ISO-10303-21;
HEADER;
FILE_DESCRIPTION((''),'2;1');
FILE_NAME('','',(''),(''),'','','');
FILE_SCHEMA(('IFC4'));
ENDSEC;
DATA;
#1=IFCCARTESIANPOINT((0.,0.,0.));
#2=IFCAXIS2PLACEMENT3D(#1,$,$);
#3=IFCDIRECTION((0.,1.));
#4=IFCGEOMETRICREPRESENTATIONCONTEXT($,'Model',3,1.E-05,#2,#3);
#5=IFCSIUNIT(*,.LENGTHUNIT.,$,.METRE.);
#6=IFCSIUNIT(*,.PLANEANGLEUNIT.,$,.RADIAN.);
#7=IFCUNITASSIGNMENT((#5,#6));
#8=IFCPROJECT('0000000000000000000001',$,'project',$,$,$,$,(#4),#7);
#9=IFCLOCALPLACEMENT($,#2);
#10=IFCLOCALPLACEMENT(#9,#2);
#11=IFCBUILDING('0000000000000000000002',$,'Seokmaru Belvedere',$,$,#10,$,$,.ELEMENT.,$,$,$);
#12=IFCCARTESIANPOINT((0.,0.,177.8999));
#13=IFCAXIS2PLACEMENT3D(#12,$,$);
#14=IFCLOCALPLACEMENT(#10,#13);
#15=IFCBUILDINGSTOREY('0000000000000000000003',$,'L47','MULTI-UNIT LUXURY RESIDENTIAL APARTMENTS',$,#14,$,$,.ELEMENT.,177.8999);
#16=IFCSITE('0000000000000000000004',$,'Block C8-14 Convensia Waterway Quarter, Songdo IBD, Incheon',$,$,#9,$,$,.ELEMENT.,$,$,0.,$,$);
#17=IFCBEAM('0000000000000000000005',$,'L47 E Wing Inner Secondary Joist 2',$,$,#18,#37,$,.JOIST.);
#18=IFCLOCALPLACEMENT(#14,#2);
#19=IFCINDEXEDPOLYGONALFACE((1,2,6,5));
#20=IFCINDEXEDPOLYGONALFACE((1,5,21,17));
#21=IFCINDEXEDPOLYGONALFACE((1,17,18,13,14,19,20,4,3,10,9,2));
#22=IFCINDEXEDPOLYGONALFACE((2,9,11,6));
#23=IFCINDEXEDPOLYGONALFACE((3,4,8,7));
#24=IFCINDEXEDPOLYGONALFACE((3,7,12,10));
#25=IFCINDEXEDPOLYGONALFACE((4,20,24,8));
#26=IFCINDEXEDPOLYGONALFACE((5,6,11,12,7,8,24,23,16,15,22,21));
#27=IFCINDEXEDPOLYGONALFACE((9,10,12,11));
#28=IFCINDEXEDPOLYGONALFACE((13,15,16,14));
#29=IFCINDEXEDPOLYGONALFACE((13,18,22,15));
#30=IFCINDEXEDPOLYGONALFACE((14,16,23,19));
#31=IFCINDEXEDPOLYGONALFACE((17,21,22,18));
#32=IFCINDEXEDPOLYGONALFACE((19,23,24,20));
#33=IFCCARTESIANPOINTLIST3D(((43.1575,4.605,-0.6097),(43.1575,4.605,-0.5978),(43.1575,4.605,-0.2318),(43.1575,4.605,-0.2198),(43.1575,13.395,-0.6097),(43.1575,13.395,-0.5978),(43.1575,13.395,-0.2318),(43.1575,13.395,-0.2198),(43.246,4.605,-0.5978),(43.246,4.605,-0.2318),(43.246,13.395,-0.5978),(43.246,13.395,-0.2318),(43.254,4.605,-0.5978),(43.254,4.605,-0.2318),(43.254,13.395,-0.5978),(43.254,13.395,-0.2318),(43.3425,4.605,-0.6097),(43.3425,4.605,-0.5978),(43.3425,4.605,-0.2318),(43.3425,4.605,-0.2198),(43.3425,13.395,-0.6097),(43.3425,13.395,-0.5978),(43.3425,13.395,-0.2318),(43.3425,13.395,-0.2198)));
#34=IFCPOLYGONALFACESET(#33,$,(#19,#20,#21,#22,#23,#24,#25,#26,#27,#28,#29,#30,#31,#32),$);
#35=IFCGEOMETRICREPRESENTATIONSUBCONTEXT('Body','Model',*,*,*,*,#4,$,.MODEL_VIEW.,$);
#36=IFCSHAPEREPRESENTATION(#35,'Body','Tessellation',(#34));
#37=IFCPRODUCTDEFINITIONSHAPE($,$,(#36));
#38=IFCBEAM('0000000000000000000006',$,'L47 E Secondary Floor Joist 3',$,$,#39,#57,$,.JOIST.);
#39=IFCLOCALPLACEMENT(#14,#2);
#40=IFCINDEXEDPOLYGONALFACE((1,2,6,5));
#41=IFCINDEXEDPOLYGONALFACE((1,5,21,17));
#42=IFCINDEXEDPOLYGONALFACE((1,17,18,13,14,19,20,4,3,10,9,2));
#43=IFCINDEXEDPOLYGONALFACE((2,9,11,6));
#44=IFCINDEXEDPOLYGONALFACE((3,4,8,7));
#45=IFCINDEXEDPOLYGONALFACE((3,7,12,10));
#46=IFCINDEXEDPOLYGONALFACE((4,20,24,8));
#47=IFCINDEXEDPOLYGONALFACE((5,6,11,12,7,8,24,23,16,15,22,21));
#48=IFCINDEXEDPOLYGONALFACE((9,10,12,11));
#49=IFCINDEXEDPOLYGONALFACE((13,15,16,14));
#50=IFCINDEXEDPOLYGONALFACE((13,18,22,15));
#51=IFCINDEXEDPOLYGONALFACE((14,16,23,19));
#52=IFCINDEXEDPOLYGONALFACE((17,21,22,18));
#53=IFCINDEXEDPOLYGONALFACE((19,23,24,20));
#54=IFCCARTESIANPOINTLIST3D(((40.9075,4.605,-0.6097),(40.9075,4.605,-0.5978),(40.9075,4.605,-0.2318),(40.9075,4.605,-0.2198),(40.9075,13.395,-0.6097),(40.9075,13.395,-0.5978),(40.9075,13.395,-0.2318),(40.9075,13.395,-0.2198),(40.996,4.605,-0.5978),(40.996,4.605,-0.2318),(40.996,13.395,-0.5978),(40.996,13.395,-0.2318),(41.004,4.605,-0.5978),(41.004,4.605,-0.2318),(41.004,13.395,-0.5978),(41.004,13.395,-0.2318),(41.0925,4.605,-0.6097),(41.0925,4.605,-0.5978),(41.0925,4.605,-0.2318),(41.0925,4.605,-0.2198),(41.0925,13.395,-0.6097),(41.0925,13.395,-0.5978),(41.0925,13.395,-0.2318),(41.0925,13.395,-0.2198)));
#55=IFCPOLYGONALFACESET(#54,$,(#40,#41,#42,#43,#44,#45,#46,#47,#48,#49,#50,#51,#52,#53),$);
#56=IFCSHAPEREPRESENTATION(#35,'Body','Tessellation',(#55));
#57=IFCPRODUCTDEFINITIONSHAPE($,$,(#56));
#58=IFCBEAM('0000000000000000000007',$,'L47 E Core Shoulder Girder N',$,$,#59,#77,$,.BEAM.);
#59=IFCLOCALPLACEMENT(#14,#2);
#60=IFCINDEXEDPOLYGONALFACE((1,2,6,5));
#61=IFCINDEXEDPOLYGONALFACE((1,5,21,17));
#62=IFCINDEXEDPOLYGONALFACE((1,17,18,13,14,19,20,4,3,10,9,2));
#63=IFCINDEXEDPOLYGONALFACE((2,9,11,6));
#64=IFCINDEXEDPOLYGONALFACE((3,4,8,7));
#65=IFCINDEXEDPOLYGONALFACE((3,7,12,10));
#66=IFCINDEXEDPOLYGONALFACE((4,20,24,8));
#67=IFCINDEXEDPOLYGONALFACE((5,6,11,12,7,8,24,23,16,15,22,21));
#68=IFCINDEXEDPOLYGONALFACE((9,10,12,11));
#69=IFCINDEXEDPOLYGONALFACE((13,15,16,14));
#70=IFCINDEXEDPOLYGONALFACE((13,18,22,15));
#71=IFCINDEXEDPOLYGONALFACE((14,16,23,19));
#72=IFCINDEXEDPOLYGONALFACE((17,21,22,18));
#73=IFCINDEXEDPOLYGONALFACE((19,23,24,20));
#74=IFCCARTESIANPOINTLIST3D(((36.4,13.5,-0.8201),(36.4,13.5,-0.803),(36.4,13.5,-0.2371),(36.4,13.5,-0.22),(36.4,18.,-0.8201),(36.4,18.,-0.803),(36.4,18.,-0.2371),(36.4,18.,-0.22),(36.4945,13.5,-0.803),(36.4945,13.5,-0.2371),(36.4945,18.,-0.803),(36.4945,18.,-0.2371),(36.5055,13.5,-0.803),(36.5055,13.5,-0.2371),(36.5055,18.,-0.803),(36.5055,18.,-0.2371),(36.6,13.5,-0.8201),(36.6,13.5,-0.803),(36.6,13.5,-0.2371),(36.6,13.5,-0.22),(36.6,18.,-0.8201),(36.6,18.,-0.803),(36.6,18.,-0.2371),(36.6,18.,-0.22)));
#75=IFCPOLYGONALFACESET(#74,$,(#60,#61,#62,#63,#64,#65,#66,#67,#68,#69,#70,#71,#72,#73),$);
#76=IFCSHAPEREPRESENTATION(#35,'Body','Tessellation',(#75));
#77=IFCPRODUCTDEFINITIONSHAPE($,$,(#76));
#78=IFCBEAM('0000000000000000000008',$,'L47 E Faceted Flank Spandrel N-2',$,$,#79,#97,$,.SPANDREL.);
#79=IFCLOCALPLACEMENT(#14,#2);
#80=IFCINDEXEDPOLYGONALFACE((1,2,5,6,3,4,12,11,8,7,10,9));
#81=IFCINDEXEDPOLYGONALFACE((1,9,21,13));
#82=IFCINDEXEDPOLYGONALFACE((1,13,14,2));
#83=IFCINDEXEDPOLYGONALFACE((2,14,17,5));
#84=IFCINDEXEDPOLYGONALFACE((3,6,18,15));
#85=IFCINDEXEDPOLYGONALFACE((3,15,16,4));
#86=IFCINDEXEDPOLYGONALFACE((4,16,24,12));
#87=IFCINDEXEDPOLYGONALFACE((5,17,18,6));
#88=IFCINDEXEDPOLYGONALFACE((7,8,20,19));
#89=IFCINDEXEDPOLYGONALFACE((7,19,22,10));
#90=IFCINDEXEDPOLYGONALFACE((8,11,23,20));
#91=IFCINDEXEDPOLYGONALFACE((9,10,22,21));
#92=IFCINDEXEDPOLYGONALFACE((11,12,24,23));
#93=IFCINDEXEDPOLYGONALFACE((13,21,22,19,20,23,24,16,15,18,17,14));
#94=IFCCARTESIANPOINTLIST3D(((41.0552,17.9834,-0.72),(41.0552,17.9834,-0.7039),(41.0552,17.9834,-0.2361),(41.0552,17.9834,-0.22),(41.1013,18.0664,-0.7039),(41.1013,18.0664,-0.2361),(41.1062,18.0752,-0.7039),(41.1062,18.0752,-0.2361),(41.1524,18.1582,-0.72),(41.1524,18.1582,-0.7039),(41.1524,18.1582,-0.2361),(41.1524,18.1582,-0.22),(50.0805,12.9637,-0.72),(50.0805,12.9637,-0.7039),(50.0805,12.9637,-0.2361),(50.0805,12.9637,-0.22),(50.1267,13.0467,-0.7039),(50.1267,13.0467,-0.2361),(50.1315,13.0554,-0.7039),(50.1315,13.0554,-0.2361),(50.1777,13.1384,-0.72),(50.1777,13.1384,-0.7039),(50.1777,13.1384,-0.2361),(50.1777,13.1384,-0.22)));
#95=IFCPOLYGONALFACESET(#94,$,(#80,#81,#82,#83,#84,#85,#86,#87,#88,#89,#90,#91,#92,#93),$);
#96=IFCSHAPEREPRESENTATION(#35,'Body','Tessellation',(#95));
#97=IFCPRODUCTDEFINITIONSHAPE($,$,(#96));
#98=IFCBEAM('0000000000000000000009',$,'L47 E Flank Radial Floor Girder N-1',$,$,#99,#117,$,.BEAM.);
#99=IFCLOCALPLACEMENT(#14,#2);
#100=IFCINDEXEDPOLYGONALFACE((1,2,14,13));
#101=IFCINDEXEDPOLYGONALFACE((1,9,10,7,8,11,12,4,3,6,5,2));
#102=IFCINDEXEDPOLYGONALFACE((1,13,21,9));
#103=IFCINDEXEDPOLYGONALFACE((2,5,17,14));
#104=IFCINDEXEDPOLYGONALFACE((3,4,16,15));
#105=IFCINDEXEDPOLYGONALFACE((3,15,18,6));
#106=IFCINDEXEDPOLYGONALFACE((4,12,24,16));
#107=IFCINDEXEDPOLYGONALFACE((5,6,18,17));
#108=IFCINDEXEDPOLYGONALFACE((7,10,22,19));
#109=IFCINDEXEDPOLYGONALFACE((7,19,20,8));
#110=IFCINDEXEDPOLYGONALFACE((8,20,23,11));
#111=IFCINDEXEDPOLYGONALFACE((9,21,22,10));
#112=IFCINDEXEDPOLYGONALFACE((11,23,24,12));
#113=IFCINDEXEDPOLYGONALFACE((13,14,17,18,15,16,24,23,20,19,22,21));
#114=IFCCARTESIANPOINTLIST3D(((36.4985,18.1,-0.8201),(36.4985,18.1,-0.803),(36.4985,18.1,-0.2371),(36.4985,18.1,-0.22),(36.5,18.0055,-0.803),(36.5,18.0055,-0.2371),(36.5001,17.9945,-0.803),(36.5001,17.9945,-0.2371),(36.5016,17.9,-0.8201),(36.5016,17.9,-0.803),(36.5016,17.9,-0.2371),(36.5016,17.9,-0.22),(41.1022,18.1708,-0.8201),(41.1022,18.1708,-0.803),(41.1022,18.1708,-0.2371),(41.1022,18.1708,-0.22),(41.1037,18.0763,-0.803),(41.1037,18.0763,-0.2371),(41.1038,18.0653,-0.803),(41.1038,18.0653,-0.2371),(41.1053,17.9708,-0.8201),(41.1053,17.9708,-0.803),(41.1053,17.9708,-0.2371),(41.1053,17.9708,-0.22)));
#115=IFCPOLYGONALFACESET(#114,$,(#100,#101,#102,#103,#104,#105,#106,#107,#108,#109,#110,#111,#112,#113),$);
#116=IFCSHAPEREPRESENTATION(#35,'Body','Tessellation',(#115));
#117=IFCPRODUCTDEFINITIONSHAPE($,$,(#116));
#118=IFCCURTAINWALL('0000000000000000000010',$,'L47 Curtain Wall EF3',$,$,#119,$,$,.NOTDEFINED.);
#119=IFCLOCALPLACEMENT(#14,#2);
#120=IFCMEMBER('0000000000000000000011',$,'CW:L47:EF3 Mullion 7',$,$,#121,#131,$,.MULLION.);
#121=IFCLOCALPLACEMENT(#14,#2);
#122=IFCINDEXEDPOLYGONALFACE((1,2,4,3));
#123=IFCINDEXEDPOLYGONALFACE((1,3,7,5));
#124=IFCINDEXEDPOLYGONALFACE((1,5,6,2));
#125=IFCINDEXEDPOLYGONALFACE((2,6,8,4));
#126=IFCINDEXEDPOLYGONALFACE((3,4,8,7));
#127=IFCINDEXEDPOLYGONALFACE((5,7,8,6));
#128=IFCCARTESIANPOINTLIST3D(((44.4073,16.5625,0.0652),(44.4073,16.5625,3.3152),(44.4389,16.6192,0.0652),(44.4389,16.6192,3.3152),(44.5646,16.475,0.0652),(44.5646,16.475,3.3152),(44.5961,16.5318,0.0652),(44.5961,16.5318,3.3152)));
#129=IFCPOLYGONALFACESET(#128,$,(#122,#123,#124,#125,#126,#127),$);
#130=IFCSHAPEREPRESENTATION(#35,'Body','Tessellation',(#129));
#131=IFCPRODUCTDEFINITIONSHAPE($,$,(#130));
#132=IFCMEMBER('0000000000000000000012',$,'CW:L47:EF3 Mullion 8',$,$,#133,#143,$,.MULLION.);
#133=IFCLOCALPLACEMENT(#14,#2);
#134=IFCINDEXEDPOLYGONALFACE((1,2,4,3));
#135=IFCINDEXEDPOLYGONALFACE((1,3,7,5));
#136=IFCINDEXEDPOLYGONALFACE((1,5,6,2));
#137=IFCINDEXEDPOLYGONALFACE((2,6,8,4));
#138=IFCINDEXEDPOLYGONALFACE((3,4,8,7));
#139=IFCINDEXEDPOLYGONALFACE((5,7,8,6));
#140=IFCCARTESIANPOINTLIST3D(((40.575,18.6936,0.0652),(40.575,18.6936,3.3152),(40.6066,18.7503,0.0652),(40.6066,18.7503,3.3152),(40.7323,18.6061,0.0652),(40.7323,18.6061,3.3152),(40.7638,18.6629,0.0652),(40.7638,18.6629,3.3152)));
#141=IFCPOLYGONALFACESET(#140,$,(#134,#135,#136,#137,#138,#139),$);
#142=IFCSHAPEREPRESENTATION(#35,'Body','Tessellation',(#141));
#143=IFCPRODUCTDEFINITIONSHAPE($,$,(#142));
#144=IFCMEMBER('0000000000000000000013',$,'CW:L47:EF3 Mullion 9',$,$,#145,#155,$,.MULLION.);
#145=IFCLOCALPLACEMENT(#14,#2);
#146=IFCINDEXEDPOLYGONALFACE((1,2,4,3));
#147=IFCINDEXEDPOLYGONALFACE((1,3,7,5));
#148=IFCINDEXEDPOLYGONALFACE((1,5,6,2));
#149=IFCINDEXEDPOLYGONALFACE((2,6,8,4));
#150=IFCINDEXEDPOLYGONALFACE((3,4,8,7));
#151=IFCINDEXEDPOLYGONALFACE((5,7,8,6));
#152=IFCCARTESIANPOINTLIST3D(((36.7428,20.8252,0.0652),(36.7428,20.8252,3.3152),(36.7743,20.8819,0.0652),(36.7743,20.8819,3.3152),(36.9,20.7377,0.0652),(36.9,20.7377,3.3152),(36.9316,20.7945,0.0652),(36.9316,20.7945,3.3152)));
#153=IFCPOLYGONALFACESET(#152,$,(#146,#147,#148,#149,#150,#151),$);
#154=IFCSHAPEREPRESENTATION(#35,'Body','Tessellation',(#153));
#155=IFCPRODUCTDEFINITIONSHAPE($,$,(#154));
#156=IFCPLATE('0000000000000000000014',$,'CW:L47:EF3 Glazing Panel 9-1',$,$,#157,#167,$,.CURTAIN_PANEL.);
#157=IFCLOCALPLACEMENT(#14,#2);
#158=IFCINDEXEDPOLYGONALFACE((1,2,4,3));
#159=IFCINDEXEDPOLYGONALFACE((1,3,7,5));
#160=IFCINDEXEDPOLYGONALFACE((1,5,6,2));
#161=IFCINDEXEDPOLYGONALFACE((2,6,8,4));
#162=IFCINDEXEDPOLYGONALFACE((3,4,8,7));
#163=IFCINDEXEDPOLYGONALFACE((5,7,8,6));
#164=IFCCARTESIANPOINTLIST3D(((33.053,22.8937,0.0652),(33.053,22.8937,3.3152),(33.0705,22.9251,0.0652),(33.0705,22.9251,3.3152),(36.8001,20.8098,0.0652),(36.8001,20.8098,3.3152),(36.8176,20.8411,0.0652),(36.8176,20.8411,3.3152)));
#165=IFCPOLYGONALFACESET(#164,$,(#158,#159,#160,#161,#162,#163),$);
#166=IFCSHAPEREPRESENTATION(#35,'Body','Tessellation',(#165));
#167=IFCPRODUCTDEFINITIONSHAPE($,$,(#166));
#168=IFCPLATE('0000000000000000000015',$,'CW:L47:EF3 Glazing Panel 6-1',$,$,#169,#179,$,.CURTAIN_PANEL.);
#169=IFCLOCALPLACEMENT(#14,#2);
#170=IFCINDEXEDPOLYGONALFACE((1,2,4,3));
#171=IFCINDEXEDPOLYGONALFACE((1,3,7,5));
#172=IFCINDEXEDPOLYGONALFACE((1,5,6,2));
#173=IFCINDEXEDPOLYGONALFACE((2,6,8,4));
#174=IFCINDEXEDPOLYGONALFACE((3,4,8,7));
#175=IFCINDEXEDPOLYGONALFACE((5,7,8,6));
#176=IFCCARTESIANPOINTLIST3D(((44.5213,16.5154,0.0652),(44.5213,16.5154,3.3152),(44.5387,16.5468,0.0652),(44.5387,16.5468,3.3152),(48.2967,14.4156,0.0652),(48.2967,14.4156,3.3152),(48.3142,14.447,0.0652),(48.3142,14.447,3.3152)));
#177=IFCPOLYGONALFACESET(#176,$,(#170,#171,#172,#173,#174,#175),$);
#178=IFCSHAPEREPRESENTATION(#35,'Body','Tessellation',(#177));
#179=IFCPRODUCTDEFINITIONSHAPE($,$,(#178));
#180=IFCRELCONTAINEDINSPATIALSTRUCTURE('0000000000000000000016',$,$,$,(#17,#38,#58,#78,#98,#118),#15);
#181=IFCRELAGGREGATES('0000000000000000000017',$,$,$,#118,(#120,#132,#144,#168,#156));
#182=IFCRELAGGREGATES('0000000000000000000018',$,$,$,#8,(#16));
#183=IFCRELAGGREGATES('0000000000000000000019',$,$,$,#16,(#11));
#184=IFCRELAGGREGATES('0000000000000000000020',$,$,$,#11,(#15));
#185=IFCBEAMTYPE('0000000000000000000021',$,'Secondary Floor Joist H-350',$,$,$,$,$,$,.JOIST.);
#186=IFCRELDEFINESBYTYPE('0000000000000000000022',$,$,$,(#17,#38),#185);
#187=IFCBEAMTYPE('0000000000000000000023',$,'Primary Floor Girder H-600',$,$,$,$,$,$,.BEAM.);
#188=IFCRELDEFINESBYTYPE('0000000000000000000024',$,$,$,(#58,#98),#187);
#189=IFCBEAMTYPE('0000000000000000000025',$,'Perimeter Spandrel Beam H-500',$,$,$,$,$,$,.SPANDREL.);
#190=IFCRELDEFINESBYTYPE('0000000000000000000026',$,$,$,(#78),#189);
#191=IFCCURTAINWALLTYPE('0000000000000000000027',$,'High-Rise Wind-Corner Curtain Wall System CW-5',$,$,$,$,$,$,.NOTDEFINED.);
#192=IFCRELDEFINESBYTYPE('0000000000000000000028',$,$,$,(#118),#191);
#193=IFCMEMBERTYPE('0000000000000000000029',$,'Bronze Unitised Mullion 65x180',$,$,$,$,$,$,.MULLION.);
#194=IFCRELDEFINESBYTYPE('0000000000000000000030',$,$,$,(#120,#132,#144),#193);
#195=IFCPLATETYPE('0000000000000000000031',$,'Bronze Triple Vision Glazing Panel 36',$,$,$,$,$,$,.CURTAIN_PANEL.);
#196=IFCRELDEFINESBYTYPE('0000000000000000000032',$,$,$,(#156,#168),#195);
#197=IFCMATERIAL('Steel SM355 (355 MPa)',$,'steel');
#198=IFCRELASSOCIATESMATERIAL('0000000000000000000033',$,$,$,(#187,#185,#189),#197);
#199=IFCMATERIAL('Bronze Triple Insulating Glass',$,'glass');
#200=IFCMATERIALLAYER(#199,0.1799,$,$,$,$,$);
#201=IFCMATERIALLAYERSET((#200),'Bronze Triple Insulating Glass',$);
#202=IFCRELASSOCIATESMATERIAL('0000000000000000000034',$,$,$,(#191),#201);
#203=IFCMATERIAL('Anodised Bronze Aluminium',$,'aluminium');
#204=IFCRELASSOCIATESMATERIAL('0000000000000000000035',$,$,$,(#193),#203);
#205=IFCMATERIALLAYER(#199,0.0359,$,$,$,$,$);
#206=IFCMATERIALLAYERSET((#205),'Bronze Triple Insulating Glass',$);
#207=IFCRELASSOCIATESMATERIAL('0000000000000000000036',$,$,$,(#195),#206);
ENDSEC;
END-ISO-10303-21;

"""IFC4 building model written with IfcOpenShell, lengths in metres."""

from ifc_helpers import new_model, si_unit, direction, frame, origin, origin_2d, place, context, subcontext, project, spatial, rectangle, i_section, extrude, source, transform, mapped, material, layer, layer_set, material_profile, profile_set, type_object, type_shapes, element, aggregate, save


model = new_model("IFC4")

# Units and contexts
model_context = context("Model", 3, precision=1e-05, world=origin(), true_north=direction((0.0, 1.0)))
body_context = subcontext(model_context, "Body", "Model", "MODEL_VIEW")
ifc_project = project(units=[si_unit("LENGTHUNIT", "METRE"), si_unit("PLANEANGLEUNIT", "RADIAN")], contexts=[model_context])

# Site, building, storey
site_placement = place(None, origin())
site = spatial("IfcSite", under=ifc_project, at=site_placement, Name="Block C8-14 Convensia Waterway Quarter, Songdo IBD, Incheon", CompositionType="ELEMENT", RefElevation=0.0)
building_placement = place(site_placement, origin())
building = spatial("IfcBuilding", under=site, at=building_placement, Name="Seokmaru Belvedere", CompositionType="ELEMENT")
storey_placement = place(building_placement, frame((0.0, 0.0, 177.8999)))
storey = spatial("IfcBuildingStorey", under=building, at=storey_placement, Name="L47", Description="MULTI-UNIT LUXURY RESIDENTIAL APARTMENTS", CompositionType="ELEMENT", Elevation=177.8999)

# Shared definitions
ifc_material_1 = material(Name="Steel SM355 (355 MPa)", Category="steel")

# Beams
ifc_material_profile_1 = material_profile(ifc_material_1, i_section(OverallWidth=0.2, OverallDepth=0.6001, WebThickness=0.011, FlangeThickness=0.0171, at=origin_2d()), Name="H-600x200x11x17")
ifc_profile_set_1 = profile_set([ifc_material_profile_1], Name="Steel SM355 (355 MPa)")
beam_type_1 = type_object("IfcBeamType", Name="Primary Floor Girder H-600", PredefinedType="BEAM", material=ifc_profile_set_1)
ifc_material_profile_2 = material_profile(ifc_material_1, i_section(OverallWidth=0.1851, OverallDepth=0.3899, WebThickness=0.0081, FlangeThickness=0.012, at=origin_2d()), Name="H-390x185x8x12")
ifc_profile_set_2 = profile_set([ifc_material_profile_2], Name="Steel SM355 (355 MPa)")
beam_type_2 = type_object("IfcBeamType", Name="Secondary Floor Joist H-350", PredefinedType="JOIST", material=ifc_profile_set_2)
shared_shape_1 = source(origin(), body_context, "Body", "SweptSolid", [
    extrude(i_section(OverallWidth=0.1851, OverallDepth=0.3899, WebThickness=0.0081, FlangeThickness=0.012, at=origin_2d()), origin(), (0.0, 0.0, 1.0), 8.79),
])
type_shapes(beam_type_2, [shared_shape_1])
for number, where, z_axis, x_axis, name in (
    (1, (43.25, 4.605, -0.4148), (0.0, 1.0, 0.0), (-1.0, 0.0, 0.0), "L47 E Wing Inner Secondary Joist 2"),
    (2, (41.0, 4.605, -0.4148), (0.0, 1.0, 0.0), (-1.0, 0.0, 0.0), "L47 E Secondary Floor Joist 3"),
):
    element("IfcBeam", number, at=place(storey_placement, frame(where, z_axis=z_axis, x_axis=x_axis)), inside=storey, type_object=beam_type_2, Name=name, PredefinedType="JOIST", context=body_context, shape_type="MappedRepresentation", body=[
        mapped(shared_shape_1, transform((0.0, 0.0, 0.0), scale=1.0)),
    ])
shared_shape_2 = source(origin(), body_context, "Body", "SweptSolid", [
    extrude(i_section(OverallWidth=0.2, OverallDepth=0.6001, WebThickness=0.011, FlangeThickness=0.0171, at=origin_2d()), origin(), (0.0, 0.0, 1.0), 4.5),
])
beam_1_placement = place(storey_placement, frame((36.5, 13.5, -0.52), z_axis=(0.0, 1.0, 0.0), x_axis=(-1.0, 0.0, 0.0)))
element("IfcBeam", 3, at=beam_1_placement, inside=storey, type_object=beam_type_1, Name="L47 E Core Shoulder Girder N", PredefinedType="BEAM", context=body_context, shape_type="MappedRepresentation", body=[
    mapped(shared_shape_2, transform((0.0, 0.0, 0.0), scale=1.0)),
])
ifc_material_profile_3 = material_profile(ifc_material_1, i_section(OverallWidth=0.2, OverallDepth=0.5, WebThickness=0.01, FlangeThickness=0.0161, at=origin_2d()), Name="H-500x200x10x16")
ifc_profile_set_3 = profile_set([ifc_material_profile_3], Name="Steel SM355 (355 MPa)")
beam_type_3 = type_object("IfcBeamType", Name="Perimeter Spandrel Beam H-500", PredefinedType="SPANDREL", material=ifc_profile_set_3)
shared_shape_3 = source(origin(), body_context, "Body", "SweptSolid", [
    extrude(i_section(OverallWidth=0.2, OverallDepth=0.5, WebThickness=0.01, FlangeThickness=0.0161, at=origin_2d()), origin(), (0.0, 0.0, 1.0), 10.3274),
])
type_shapes(beam_type_3, [shared_shape_3])
beam_2_placement = place(storey_placement, frame((41.1038, 18.0708, -0.47), z_axis=(0.873924, -0.486062, 0.0), x_axis=(0.486062, 0.873924, 0.0)))
element("IfcBeam", 4, at=beam_2_placement, inside=storey, type_object=beam_type_3, Name="L47 E Faceted Flank Spandrel N-2", PredefinedType="SPANDREL", context=body_context, shape_type="MappedRepresentation", body=[
    mapped(shared_shape_3, transform((0.0, 0.0, 0.0), scale=1.0)),
])
shared_shape_4 = source(origin(), body_context, "Body", "SweptSolid", [
    extrude(i_section(OverallWidth=0.2, OverallDepth=0.6001, WebThickness=0.011, FlangeThickness=0.0171, at=origin_2d()), origin(), (0.0, 0.0, 1.0), 4.6042),
])
beam_3_placement = place(storey_placement, frame((41.1038, 18.0708, -0.52), z_axis=(-0.999882, -0.015377, 0.0), x_axis=(0.015377, -0.999882, 0.0)))
element("IfcBeam", 5, at=beam_3_placement, inside=storey, type_object=beam_type_1, Name="L47 E Flank Radial Floor Girder N-1", PredefinedType="BEAM", context=body_context, shape_type="MappedRepresentation", body=[
    mapped(shared_shape_4, transform((0.0, 0.0, 0.0), scale=1.0)),
])

# Curtain wall, members, plates
ifc_material_2 = material(Name="Bronze Triple Insulating Glass", Category="glass")
ifc_layer_1 = layer(ifc_material_2, 0.1799)
ifc_layer_set_1 = layer_set([ifc_layer_1], Name="Bronze Triple Insulating Glass")
curtain_wall_type = type_object("IfcCurtainWallType", Name="High-Rise Wind-Corner Curtain Wall System CW-5", PredefinedType="NOTDEFINED", material=ifc_layer_set_1)
curtain_wall_placement = place(storey_placement, origin())
curtain_wall = element("IfcCurtainWall", 6, at=curtain_wall_placement, inside=storey, type_object=curtain_wall_type, Name="L47 Curtain Wall EF3", PredefinedType="NOTDEFINED")
ifc_material_3 = material(Name="Anodised Bronze Aluminium", Category="aluminium")
ifc_material_profile_4 = material_profile(ifc_material_3, rectangle(XDim=0.0649, YDim=0.1799, at=origin_2d()), Name="CW-M-65x180")
ifc_profile_set_4 = profile_set([ifc_material_profile_4], Name="Anodised Bronze Aluminium")
member_type = type_object("IfcMemberType", Name="Bronze Unitised Mullion 65x180", PredefinedType="MULLION", material=ifc_profile_set_4)
shared_shape_5 = source(origin(), body_context, "Body", "SweptSolid", [
    extrude(rectangle(XDim=0.0649, YDim=0.1799, at=origin_2d()), origin(), (0.0, 0.0, 1.0), 3.25),
])
type_shapes(member_type, [shared_shape_5])
member_1_placement = place(storey_placement, frame((44.5017, 16.5471, 0.0652), z_axis=(0.0, 0.0, 1.0), x_axis=(-0.486047, -0.873933, 0.0)))
member_1 = element("IfcMember", 7, at=member_1_placement, type_object=member_type, Name="CW:L47:EF3 Mullion 7", PredefinedType="MULLION", context=body_context, shape_type="MappedRepresentation", body=[
    mapped(shared_shape_5, transform((0.0, 0.0, 0.0), scale=1.0)),
])
member_2_placement = place(storey_placement, frame((40.6694, 18.6782, 0.0652), z_axis=(0.0, 0.0, 1.0), x_axis=(-0.486047, -0.873933, 0.0)))
member_2 = element("IfcMember", 8, at=member_2_placement, type_object=member_type, Name="CW:L47:EF3 Mullion 8", PredefinedType="MULLION", context=body_context, shape_type="MappedRepresentation", body=[
    mapped(shared_shape_5, transform((0.0, 0.0, 0.0), scale=1.0)),
])
member_3_placement = place(storey_placement, frame((36.8372, 20.8098, 0.0652), z_axis=(0.0, 0.0, 1.0), x_axis=(-0.486047, -0.873933, 0.0)))
member_3 = element("IfcMember", 9, at=member_3_placement, type_object=member_type, Name="CW:L47:EF3 Mullion 9", PredefinedType="MULLION", context=body_context, shape_type="MappedRepresentation", body=[
    mapped(shared_shape_5, transform((0.0, 0.0, 0.0), scale=1.0)),
])
ifc_layer_2 = layer(ifc_material_2, 0.0359)
ifc_layer_set_2 = layer_set([ifc_layer_2], Name="Bronze Triple Insulating Glass")
plate_type = type_object("IfcPlateType", Name="Bronze Triple Vision Glazing Panel 36", PredefinedType="CURTAIN_PANEL", material=ifc_layer_set_2)
shared_shape_6 = source(origin(), body_context, "Body", "SweptSolid", [
    extrude(rectangle(XDim=4.2876, YDim=0.0359, at=origin_2d()), origin(), (0.0, 0.0, 1.0), 3.25),
])
plate_1_placement = place(storey_placement, frame((34.9353, 21.8674, 0.0652), z_axis=(0.0, 0.0, 1.0), x_axis=(-0.873933, 0.486047, 0.0)))
plate_1 = element("IfcPlate", 10, at=plate_1_placement, type_object=plate_type, Name="CW:L47:EF3 Glazing Panel 9-1", PredefinedType="CURTAIN_PANEL", context=body_context, shape_type="MappedRepresentation", body=[
    mapped(shared_shape_6, transform((0.0, 0.0, 0.0), scale=1.0)),
])
shared_shape_7 = source(origin(), body_context, "Body", "SweptSolid", [
    extrude(rectangle(XDim=4.3201, YDim=0.0359, at=origin_2d()), origin(), (0.0, 0.0, 1.0), 3.25),
])
type_shapes(plate_type, [shared_shape_6, shared_shape_7])
plate_2_placement = place(storey_placement, frame((46.4177, 15.4812, 0.0652), z_axis=(0.0, 0.0, 1.0), x_axis=(-0.873933, 0.486047, 0.0)))
plate_2 = element("IfcPlate", 11, at=plate_2_placement, type_object=plate_type, Name="CW:L47:EF3 Glazing Panel 6-1", PredefinedType="CURTAIN_PANEL", context=body_context, shape_type="MappedRepresentation", body=[
    mapped(shared_shape_7, transform((0.0, 0.0, 0.0), scale=1.0)),
])
aggregate(curtain_wall, [member_1, member_2, member_3, plate_2, plate_1])

save(model, "model.ifc")
